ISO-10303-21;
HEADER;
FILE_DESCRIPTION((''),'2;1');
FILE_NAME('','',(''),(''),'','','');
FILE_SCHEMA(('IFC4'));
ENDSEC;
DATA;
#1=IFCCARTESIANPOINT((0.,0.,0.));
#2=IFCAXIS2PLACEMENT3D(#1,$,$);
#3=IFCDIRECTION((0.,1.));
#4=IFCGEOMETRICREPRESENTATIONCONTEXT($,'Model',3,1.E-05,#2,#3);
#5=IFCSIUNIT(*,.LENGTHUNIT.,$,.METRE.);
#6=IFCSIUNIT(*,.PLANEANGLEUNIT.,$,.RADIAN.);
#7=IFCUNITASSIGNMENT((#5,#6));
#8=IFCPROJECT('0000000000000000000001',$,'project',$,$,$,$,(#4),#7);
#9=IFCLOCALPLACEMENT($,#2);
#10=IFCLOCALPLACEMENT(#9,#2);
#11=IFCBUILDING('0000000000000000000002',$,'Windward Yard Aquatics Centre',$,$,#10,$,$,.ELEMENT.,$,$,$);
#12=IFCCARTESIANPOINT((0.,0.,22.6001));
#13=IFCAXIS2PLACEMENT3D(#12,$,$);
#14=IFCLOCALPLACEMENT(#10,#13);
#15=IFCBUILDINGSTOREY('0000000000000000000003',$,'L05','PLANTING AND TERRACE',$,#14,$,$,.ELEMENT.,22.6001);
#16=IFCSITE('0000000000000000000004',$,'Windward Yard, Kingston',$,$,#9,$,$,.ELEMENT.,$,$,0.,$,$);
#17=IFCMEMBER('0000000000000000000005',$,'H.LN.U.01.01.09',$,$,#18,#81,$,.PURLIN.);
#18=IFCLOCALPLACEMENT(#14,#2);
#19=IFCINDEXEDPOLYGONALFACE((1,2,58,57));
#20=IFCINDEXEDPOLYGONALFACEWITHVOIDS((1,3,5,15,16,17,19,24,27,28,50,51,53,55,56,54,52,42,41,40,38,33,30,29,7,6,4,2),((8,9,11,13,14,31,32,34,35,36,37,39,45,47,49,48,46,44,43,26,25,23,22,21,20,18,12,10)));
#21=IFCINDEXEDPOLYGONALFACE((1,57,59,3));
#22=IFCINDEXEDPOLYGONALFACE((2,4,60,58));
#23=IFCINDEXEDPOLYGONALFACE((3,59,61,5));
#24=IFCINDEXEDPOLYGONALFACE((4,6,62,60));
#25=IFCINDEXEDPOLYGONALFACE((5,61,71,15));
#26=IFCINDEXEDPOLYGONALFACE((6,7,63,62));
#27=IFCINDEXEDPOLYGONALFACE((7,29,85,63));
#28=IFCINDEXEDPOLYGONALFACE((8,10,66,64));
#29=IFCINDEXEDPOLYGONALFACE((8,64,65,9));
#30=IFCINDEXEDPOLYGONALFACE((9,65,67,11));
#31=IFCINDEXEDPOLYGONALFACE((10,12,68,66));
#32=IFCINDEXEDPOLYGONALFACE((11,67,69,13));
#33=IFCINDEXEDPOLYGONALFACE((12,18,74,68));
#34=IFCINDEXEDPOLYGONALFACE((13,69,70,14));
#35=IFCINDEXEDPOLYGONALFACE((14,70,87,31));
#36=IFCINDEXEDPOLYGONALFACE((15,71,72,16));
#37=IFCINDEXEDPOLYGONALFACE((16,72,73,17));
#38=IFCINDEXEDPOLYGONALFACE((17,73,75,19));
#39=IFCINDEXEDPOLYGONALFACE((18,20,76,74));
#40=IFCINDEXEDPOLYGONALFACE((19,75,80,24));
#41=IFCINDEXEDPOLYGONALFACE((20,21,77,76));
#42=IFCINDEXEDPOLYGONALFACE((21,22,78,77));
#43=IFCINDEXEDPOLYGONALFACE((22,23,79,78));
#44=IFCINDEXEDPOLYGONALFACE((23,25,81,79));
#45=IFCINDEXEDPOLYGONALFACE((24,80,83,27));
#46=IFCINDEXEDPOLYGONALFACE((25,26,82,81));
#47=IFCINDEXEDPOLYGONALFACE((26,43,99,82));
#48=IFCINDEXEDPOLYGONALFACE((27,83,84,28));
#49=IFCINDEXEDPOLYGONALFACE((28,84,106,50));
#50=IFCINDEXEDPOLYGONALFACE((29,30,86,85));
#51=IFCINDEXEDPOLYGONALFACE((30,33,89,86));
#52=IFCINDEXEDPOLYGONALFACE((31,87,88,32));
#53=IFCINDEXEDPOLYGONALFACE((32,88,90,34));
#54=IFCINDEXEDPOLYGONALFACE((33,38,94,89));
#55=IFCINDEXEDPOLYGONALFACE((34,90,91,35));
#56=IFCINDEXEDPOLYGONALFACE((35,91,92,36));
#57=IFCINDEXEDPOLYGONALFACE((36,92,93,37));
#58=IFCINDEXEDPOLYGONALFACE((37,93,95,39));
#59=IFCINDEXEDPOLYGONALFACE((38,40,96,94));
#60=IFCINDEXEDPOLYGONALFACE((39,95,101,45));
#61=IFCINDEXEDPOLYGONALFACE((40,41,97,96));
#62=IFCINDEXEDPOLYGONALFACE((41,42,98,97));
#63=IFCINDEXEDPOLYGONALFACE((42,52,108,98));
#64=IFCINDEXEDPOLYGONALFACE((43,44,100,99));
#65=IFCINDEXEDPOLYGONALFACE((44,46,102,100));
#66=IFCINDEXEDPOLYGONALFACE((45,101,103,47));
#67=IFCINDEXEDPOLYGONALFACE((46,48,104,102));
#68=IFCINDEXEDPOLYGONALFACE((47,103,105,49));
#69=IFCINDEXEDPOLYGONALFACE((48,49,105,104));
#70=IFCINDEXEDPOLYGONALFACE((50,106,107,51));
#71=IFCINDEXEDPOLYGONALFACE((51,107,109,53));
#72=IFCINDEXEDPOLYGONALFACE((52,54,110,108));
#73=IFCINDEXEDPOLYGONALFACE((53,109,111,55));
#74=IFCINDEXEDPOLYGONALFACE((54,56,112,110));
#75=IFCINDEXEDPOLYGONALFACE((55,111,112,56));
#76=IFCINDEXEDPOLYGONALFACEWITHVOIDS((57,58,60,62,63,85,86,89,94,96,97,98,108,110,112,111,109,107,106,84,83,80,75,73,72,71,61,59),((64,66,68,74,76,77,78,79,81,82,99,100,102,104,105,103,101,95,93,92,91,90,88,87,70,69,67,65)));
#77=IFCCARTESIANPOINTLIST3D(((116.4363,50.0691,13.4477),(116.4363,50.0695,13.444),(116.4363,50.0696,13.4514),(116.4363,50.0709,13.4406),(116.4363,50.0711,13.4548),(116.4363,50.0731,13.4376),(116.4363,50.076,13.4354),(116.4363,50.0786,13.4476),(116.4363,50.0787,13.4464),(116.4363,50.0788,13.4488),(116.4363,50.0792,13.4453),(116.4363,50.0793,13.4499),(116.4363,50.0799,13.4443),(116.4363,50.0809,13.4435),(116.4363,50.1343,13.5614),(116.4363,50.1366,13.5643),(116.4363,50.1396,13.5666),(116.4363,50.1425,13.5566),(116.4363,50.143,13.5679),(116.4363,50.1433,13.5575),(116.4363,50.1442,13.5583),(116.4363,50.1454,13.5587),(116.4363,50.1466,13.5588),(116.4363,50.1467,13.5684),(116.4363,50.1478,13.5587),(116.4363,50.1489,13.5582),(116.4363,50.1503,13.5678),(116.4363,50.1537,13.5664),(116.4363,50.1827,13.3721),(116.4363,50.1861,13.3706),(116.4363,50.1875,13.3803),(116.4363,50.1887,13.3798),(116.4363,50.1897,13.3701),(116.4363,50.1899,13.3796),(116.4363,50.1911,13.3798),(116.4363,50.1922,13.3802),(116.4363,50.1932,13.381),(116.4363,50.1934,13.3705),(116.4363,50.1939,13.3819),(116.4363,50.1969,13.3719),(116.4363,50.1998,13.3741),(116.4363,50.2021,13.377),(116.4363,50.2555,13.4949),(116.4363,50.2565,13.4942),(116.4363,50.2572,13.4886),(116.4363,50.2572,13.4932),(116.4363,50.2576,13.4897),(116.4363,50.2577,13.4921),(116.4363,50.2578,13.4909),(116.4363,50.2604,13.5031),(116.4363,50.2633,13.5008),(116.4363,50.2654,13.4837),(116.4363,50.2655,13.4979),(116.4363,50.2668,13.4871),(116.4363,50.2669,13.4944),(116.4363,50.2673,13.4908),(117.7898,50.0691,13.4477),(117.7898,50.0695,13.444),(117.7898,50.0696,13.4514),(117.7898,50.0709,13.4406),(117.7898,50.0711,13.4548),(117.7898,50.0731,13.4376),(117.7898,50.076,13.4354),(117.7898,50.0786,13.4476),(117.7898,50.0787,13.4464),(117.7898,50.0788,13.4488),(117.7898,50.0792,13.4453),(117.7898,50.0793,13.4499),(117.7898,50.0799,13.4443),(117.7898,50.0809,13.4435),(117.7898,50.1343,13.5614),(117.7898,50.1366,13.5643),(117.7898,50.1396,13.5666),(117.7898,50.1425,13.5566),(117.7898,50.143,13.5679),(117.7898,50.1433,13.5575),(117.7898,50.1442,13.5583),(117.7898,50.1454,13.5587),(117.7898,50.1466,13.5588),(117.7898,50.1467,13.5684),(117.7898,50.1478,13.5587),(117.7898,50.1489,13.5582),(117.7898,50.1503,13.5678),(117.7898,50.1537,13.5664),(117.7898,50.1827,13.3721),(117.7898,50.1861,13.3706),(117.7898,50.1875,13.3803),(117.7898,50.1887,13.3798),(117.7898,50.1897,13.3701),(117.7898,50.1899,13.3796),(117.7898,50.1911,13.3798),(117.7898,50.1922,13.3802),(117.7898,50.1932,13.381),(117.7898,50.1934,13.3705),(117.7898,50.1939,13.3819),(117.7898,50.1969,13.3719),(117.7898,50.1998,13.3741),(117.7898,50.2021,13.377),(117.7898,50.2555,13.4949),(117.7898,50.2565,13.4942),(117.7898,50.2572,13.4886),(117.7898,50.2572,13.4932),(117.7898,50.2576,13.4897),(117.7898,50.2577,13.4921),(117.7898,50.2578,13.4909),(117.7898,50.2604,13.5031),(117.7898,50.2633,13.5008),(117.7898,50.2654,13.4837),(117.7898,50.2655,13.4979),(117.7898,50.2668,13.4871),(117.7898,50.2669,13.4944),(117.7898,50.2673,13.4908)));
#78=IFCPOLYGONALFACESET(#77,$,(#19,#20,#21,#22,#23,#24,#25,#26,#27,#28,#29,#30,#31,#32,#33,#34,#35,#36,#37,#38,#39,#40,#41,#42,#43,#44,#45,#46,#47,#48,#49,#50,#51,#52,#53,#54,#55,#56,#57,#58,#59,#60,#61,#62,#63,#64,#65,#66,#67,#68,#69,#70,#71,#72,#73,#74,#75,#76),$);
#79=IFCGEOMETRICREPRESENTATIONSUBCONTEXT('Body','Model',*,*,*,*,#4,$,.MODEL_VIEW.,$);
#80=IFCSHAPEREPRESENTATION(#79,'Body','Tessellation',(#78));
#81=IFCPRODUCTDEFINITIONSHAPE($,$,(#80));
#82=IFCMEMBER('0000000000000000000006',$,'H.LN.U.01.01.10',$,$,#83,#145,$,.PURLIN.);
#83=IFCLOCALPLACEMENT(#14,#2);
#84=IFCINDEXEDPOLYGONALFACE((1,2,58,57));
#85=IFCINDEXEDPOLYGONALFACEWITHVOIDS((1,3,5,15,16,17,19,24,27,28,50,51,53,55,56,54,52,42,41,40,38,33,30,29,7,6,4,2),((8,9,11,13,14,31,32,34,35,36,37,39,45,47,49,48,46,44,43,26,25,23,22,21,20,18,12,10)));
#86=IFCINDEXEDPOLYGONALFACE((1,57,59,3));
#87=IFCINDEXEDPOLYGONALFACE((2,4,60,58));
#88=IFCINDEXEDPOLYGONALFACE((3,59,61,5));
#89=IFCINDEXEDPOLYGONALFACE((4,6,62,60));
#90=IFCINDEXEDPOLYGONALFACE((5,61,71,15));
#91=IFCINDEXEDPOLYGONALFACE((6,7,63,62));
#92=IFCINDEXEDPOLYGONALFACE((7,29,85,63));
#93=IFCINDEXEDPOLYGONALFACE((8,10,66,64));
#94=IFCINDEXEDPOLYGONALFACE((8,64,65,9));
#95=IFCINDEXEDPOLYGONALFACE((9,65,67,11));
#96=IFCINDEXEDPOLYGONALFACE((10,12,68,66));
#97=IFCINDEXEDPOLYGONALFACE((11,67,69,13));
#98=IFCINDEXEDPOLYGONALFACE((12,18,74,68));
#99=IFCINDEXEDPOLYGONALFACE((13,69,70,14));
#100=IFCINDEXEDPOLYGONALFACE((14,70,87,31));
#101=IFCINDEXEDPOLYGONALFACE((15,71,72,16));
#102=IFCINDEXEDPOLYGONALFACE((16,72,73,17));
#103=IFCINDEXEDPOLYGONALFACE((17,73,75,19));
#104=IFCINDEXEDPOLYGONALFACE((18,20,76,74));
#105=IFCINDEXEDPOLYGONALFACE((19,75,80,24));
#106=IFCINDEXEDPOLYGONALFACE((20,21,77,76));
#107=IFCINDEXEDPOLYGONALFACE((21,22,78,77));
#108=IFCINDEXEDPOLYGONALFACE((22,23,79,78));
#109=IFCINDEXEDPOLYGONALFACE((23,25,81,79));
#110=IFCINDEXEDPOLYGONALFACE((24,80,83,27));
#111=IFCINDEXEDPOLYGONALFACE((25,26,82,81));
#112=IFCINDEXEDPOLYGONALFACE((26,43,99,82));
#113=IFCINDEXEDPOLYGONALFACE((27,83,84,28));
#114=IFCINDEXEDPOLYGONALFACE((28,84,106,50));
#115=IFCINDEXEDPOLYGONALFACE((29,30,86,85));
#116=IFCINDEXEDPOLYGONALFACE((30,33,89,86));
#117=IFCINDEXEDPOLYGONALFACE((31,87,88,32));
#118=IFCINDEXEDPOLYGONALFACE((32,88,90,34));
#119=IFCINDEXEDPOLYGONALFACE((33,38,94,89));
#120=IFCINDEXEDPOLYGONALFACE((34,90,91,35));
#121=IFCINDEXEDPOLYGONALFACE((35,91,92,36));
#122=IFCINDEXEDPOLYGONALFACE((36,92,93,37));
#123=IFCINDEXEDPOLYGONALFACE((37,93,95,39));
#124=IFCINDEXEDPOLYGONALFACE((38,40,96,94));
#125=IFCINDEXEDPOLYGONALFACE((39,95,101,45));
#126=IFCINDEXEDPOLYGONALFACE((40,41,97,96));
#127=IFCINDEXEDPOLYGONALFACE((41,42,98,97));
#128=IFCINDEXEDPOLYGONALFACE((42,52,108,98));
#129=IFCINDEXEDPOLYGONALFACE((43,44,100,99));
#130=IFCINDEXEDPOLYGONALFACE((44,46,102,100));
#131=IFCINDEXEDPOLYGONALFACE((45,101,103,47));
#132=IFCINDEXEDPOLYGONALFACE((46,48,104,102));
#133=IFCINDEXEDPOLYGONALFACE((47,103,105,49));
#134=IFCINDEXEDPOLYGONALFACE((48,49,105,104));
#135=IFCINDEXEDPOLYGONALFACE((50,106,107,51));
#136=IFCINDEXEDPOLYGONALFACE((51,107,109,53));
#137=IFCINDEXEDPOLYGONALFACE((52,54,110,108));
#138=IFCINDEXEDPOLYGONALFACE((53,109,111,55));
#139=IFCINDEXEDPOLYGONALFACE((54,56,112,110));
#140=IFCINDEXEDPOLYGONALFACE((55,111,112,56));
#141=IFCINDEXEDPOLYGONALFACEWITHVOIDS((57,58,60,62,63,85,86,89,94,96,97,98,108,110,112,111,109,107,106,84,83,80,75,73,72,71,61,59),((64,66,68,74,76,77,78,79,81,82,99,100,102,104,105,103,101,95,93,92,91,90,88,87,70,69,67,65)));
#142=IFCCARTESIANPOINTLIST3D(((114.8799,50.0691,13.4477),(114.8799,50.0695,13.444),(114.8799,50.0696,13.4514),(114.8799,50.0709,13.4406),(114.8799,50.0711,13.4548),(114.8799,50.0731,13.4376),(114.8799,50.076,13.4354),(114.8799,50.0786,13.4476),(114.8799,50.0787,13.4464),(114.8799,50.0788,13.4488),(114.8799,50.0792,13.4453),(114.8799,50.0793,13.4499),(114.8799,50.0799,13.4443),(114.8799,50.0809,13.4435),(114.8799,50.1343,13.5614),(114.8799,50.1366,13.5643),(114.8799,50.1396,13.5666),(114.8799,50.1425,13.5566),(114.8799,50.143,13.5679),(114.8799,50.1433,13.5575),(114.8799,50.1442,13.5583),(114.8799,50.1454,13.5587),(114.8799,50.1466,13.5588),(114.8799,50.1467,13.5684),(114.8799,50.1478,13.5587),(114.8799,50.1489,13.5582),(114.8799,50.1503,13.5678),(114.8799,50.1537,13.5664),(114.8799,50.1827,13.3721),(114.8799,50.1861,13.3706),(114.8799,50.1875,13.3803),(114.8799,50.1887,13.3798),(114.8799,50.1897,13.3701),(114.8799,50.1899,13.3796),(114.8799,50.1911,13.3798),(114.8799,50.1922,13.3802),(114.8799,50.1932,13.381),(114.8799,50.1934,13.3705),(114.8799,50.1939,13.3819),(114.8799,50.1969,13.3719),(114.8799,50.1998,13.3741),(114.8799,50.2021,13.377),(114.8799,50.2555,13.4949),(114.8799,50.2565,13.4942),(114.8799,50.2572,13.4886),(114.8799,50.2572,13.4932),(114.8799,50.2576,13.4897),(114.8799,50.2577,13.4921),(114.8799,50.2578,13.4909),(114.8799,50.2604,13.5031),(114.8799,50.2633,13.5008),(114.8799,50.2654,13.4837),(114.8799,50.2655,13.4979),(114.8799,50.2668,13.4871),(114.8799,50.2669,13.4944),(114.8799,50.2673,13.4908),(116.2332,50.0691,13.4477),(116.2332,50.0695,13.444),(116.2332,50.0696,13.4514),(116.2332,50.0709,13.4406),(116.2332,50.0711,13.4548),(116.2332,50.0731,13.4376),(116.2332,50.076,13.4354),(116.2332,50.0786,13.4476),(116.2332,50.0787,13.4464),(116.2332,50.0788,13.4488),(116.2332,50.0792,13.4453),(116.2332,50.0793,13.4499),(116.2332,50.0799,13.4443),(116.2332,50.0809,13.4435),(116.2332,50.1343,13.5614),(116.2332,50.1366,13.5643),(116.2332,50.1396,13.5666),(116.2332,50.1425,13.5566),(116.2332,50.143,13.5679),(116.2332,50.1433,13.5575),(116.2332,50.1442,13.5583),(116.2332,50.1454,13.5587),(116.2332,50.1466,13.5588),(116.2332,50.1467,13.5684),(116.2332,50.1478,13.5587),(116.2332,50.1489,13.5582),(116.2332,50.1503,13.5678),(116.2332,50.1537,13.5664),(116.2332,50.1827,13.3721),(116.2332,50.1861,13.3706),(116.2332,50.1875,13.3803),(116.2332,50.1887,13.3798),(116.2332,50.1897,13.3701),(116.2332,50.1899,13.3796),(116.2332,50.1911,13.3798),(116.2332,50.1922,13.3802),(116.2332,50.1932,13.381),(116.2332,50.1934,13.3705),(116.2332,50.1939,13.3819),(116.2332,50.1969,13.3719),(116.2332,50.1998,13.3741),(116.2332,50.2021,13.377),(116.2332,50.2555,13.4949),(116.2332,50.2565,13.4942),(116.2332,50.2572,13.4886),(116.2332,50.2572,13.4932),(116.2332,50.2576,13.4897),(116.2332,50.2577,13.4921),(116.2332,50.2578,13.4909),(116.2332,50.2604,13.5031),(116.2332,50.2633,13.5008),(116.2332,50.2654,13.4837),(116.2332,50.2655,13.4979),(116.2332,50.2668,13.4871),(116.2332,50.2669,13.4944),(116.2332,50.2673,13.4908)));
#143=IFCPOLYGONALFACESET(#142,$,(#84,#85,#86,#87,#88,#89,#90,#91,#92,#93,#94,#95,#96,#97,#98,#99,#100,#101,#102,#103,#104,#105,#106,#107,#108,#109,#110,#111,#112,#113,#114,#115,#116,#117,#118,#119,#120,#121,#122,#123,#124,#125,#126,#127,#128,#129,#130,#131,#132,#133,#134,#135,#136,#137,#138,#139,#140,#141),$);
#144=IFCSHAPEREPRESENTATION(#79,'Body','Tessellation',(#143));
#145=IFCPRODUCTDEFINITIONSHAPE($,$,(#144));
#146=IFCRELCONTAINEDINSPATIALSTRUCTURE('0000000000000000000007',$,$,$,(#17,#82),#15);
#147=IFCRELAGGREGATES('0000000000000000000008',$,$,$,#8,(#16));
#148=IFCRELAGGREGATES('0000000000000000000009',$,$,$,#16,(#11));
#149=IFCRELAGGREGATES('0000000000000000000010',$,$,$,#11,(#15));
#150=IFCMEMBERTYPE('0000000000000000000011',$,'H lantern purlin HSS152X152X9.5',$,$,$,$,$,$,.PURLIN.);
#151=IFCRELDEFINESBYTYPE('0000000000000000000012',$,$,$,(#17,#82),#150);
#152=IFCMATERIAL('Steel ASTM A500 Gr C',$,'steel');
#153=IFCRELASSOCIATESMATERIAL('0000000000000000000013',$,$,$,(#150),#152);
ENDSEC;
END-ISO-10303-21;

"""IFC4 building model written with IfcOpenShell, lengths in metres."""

from ifc_helpers import new_model, si_unit, direction, frame, origin, origin_2d, place, context, subcontext, project, spatial, hollow_rectangle, extrude, material, material_profile, profile_set, type_object, element, save


model = new_model("IFC4")

# Units and contexts
model_context = context("Model", 3, precision=1e-05, world=origin(), true_north=direction((0.0, 1.0)))
body_context = subcontext(model_context, "Body", "Model", "MODEL_VIEW")
ifc_project = project(units=[si_unit("LENGTHUNIT", "METRE"), si_unit("PLANEANGLEUNIT", "RADIAN")], contexts=[model_context])

# Site, building, storey
site_placement = place(None, origin())
site = spatial("IfcSite", under=ifc_project, at=site_placement, Name="Windward Yard, Kingston", CompositionType="ELEMENT", RefElevation=0.0)
building_placement = place(site_placement, origin())
building = spatial("IfcBuilding", under=site, at=building_placement, Name="Windward Yard Aquatics Centre", CompositionType="ELEMENT")
storey_placement = place(building_placement, frame((0.0, 0.0, 22.6001)))
storey = spatial("IfcBuildingStorey", under=building, at=storey_placement, Name="L05", Description="PLANTING AND TERRACE", CompositionType="ELEMENT", Elevation=22.6001)

# Members
ifc_material_1 = material(Name="Steel ASTM A500 Gr C", Category="steel")
ifc_material_profile_1 = material_profile(ifc_material_1, hollow_rectangle(XDim=0.1523, YDim=0.1523, WallThickness=0.0095, InnerFilletRadius=0.0046, OuterFilletRadius=0.0142, at=origin_2d()), Name="HSS152X152X9.5")
ifc_profile_set_1 = profile_set([ifc_material_profile_1], Name="Steel ASTM A500 Gr C")
member_type_1 = type_object("IfcMemberType", Name="H lantern purlin HSS152X152X9.5", PredefinedType="PURLIN", material=ifc_profile_set_1)
member_1_placement = place(storey_placement, frame((117.7898, 50.1682, 13.4692), z_axis=(-1.0, 0.0, 0.0), x_axis=(0.0, -0.51012, -0.860103)))
element("IfcMember", 1, at=member_1_placement, inside=storey, type_object=member_type_1, Name="H.LN.U.01.01.09", PredefinedType="PURLIN", context=body_context, shape_type="SweptSolid", body=[
    extrude(hollow_rectangle(XDim=0.1523, YDim=0.1523, WallThickness=0.0095, InnerFilletRadius=0.0046, OuterFilletRadius=0.0142, at=origin_2d()), origin(), (0.0, 0.0, 1.0), 1.3535),
])
member_2_placement = place(storey_placement, frame((116.2332, 50.1682, 13.4692), z_axis=(-1.0, 0.0, 0.0), x_axis=(0.0, -0.51012, -0.860103)))
element("IfcMember", 2, at=member_2_placement, inside=storey, type_object=member_type_1, Name="H.LN.U.01.01.10", PredefinedType="PURLIN", context=body_context, shape_type="SweptSolid", body=[
    extrude(hollow_rectangle(XDim=0.1523, YDim=0.1523, WallThickness=0.0095, InnerFilletRadius=0.0046, OuterFilletRadius=0.0142, at=origin_2d()), origin(), (0.0, 0.0, 1.0), 1.3533),
])

save(model, "model.ifc")
